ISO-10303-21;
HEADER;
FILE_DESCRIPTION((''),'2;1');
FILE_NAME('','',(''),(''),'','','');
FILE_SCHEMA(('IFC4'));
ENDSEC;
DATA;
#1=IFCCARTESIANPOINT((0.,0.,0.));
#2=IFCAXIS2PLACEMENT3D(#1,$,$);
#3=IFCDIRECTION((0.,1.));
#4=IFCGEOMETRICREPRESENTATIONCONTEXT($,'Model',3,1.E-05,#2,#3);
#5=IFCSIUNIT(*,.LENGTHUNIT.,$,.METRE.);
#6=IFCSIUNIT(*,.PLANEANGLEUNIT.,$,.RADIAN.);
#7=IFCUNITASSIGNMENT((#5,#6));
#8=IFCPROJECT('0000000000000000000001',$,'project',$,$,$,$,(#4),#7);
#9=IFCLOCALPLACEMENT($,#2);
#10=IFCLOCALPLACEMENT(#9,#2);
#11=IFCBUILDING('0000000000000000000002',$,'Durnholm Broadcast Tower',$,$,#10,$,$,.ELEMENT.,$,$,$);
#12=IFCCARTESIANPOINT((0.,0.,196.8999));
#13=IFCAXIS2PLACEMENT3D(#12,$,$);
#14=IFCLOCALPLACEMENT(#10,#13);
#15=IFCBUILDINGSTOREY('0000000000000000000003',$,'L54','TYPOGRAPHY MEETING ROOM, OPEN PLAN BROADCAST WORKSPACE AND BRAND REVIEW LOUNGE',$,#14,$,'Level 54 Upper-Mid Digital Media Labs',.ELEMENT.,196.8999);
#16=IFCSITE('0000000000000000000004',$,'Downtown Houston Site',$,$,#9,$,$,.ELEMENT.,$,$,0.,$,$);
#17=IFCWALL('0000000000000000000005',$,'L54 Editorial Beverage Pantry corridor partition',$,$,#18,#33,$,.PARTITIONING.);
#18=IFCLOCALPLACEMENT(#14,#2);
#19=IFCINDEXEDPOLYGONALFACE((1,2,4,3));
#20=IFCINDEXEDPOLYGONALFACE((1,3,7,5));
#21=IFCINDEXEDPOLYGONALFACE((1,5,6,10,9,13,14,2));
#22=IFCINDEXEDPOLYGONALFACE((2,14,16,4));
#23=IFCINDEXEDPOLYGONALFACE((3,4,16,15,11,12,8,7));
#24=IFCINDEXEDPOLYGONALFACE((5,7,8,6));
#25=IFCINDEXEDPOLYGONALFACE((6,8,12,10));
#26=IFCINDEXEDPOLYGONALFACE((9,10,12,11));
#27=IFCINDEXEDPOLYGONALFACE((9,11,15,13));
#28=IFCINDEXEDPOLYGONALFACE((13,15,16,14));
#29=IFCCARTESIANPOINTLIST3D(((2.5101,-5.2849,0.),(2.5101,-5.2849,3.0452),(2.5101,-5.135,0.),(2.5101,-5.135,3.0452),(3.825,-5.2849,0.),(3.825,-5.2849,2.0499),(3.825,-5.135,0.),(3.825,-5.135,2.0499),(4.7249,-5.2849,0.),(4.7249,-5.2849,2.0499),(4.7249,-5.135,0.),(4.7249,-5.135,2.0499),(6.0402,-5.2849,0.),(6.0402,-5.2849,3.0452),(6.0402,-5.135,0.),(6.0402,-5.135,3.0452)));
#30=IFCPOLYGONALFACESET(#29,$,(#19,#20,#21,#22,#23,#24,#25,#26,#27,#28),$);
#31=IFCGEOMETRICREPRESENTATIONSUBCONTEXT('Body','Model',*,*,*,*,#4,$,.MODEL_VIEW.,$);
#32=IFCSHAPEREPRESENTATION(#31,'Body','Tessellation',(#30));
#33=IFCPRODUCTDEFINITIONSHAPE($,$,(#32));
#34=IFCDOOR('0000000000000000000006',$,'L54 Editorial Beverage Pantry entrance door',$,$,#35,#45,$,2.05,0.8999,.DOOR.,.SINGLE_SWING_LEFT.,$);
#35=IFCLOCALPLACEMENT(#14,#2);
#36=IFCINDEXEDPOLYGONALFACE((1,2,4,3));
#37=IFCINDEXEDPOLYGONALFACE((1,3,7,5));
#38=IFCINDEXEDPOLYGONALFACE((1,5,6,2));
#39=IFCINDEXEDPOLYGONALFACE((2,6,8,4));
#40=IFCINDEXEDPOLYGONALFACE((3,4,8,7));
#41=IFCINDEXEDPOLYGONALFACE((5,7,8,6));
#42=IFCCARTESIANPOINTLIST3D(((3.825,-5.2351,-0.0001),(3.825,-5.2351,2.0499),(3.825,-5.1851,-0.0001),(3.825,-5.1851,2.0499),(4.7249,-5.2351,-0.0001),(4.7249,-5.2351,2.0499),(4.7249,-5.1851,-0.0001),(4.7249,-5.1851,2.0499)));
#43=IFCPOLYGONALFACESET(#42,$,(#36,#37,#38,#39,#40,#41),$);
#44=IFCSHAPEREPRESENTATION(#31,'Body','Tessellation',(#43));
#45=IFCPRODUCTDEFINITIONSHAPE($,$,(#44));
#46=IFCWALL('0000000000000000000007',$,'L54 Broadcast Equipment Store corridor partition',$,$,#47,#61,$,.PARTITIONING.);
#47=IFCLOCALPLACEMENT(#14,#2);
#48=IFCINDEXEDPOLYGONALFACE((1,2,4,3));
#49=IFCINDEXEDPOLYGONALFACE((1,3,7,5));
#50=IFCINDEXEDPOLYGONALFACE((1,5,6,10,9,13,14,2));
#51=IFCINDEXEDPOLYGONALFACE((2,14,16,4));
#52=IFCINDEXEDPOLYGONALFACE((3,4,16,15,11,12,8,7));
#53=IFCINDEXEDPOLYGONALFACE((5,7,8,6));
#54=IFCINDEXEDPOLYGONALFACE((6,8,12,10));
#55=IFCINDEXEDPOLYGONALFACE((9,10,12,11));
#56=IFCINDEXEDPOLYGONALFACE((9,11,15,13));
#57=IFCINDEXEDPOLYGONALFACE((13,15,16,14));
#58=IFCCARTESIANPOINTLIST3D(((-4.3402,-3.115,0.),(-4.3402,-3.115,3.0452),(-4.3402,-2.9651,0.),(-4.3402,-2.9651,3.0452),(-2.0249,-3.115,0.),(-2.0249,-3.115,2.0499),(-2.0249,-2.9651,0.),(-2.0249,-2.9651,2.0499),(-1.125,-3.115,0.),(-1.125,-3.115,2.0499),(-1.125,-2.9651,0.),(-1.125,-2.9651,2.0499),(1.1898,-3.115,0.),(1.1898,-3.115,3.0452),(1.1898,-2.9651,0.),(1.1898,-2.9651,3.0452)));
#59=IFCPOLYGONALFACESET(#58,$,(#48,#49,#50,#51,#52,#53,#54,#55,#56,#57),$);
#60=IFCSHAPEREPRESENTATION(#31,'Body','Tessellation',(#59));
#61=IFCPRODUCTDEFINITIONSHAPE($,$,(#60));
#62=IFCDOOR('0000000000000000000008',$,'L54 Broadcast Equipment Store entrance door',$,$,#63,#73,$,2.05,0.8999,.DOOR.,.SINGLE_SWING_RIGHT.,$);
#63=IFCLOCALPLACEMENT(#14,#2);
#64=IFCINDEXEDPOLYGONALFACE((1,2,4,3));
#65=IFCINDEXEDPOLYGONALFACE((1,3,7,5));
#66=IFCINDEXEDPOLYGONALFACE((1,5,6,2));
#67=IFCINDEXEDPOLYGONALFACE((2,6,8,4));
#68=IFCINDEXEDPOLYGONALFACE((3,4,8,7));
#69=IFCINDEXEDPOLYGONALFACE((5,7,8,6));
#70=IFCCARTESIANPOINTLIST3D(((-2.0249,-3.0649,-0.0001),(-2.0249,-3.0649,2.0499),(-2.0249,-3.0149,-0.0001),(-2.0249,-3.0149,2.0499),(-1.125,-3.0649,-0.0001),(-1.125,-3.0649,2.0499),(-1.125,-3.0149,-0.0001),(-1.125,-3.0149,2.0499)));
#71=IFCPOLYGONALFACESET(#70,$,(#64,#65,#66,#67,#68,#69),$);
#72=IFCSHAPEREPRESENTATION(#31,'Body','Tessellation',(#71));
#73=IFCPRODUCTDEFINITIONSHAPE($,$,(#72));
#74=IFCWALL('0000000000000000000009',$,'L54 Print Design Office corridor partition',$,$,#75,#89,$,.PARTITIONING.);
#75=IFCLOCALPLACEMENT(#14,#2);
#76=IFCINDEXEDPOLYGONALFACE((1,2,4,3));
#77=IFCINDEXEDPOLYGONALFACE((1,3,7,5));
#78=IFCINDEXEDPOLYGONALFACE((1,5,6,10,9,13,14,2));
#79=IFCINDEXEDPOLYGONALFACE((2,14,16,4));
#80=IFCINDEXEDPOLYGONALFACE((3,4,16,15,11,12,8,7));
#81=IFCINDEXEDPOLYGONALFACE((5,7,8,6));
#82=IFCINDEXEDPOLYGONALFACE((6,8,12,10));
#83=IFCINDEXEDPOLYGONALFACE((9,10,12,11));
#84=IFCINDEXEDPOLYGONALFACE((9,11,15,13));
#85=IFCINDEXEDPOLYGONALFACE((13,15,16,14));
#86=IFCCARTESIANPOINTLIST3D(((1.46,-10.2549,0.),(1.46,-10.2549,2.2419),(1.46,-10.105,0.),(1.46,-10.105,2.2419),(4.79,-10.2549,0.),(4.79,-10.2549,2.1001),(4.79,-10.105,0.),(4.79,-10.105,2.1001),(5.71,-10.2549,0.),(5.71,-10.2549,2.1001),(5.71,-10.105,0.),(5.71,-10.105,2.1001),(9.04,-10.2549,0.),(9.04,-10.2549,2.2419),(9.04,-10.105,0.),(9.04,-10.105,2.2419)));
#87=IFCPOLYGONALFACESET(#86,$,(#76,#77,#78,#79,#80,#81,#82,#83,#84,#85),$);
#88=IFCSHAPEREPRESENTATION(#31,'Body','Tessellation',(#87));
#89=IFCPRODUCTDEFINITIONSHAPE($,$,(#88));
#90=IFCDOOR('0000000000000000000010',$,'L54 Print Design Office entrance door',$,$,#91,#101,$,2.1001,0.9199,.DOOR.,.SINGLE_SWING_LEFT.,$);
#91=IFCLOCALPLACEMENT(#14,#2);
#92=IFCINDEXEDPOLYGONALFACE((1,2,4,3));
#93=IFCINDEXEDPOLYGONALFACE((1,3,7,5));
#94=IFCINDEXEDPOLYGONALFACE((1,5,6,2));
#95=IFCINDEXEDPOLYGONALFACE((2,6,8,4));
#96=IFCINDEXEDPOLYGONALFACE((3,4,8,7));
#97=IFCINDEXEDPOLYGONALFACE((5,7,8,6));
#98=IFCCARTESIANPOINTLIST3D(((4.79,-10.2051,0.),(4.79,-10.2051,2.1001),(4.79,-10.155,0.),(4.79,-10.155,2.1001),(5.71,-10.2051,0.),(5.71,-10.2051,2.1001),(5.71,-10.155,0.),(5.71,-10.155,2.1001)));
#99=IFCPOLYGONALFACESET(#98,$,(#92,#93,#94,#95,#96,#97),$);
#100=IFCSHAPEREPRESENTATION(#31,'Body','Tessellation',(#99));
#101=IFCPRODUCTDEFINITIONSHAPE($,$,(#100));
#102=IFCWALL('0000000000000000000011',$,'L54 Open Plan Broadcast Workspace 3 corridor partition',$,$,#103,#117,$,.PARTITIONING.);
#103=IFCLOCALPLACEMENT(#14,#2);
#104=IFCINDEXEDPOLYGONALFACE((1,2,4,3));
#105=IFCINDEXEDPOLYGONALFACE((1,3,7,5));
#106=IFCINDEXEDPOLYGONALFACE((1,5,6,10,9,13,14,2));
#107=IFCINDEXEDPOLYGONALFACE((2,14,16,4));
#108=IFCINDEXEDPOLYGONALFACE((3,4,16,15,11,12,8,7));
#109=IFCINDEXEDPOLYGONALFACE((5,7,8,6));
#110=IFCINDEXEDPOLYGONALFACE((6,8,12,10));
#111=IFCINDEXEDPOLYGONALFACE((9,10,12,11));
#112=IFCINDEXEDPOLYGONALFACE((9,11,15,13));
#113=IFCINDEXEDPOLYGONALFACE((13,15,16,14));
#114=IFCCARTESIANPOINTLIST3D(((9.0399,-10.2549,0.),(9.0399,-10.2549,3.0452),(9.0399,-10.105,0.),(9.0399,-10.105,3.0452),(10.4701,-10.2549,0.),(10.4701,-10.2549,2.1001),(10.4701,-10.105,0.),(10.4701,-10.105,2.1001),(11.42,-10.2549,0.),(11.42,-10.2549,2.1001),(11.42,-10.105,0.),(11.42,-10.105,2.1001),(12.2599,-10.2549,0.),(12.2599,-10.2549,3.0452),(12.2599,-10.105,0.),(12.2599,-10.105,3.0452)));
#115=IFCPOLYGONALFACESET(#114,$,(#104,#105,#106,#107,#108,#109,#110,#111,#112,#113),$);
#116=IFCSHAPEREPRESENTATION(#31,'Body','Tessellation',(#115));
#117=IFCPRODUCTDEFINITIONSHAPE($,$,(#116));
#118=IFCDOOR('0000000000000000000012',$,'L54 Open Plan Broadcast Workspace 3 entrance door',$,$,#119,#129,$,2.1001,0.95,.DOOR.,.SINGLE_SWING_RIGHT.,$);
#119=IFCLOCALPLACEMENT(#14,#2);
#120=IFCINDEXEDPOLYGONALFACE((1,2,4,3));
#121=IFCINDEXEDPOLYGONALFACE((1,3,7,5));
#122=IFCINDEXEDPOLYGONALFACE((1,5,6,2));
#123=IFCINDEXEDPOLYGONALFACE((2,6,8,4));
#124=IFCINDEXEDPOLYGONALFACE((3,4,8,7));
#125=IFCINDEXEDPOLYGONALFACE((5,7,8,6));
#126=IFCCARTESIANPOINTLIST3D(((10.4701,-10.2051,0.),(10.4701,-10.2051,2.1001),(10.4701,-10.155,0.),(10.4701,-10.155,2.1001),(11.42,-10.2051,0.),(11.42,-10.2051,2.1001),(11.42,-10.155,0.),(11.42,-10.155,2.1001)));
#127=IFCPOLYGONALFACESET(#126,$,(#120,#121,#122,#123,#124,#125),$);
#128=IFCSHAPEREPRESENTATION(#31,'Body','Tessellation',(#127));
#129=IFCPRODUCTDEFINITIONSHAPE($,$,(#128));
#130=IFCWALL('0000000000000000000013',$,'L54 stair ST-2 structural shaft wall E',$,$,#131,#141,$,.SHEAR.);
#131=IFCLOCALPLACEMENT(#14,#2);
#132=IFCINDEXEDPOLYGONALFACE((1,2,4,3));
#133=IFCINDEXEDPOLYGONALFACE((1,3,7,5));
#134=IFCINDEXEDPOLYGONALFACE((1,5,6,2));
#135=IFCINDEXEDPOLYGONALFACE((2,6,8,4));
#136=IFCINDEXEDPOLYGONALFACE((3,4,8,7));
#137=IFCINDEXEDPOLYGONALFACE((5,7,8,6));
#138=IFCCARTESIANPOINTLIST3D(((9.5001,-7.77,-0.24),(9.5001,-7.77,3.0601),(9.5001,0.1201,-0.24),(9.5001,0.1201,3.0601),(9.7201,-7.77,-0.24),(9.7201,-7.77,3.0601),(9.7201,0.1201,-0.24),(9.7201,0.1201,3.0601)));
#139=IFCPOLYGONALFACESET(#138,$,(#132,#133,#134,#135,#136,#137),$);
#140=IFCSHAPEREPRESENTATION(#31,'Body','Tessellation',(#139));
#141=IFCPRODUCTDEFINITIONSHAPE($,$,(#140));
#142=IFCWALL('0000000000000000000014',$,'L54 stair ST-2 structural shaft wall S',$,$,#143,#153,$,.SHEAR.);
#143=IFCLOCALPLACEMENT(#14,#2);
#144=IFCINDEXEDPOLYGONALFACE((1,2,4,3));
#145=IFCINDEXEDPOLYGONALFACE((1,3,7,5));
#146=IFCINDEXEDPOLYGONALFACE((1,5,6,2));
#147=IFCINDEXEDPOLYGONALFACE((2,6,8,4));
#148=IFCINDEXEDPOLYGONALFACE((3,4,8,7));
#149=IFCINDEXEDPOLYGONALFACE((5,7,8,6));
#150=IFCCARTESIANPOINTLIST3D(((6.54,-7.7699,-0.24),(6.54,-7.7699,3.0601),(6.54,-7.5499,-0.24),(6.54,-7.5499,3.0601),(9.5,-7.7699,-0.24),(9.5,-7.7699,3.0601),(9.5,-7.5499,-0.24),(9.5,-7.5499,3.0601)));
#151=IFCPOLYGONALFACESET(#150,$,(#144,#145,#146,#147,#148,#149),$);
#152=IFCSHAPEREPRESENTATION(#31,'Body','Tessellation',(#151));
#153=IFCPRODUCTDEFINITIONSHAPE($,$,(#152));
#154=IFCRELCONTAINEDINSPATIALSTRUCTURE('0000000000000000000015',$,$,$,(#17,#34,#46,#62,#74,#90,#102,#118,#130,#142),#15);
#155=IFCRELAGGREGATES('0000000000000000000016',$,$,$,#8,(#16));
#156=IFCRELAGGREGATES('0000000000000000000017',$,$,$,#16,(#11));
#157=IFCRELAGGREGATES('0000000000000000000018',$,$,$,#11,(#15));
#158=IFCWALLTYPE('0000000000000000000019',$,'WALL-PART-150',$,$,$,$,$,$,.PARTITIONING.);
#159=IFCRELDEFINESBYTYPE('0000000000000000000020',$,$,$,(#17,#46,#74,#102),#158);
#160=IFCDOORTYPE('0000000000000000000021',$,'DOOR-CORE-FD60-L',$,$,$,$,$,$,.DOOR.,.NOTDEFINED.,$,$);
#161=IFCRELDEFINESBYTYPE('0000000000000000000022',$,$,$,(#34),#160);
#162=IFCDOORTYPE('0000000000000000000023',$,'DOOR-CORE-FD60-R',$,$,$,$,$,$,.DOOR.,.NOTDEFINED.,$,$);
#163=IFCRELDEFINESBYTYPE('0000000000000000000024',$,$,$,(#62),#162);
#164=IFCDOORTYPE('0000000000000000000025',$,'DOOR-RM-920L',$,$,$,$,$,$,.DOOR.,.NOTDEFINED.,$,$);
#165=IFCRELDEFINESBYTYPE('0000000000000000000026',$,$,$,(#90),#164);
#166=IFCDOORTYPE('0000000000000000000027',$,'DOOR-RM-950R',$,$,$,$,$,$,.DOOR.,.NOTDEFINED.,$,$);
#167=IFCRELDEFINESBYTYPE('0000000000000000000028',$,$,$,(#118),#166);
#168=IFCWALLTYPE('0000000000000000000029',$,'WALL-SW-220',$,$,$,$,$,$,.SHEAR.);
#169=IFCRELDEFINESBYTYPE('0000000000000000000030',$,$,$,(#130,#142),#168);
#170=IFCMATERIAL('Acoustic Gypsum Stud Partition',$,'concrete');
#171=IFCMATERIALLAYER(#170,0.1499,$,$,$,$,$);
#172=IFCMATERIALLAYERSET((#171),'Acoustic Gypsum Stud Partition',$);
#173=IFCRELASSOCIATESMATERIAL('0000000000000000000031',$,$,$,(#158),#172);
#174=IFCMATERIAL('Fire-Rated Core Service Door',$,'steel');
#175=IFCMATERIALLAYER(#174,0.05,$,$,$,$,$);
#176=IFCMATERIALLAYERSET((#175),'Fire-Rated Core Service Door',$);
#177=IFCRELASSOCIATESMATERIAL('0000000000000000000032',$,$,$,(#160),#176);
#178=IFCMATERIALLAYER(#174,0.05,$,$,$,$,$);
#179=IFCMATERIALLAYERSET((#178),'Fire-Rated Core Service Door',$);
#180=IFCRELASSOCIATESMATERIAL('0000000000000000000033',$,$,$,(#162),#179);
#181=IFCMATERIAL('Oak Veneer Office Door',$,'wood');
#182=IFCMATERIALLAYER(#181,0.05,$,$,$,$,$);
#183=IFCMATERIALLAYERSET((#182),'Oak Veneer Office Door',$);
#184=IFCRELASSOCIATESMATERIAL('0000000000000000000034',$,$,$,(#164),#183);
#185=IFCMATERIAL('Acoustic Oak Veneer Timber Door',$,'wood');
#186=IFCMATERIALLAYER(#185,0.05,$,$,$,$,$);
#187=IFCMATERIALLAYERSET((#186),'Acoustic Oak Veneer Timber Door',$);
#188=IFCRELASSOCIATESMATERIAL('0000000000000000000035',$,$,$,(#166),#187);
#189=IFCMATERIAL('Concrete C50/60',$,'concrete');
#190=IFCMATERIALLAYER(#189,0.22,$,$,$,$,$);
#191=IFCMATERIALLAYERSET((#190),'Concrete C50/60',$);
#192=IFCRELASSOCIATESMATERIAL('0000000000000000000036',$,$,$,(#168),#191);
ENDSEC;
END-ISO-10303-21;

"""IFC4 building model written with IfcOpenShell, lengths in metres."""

from ifc_helpers import new_model, si_unit, direction, frame, frame_2d, origin, place, context, subcontext, project, spatial, rectangle, extrude, source, transform, mapped, material, layer, layer_set, type_object, type_shapes, element, fill, save


model = new_model("IFC4")

# Units and contexts
model_context = context("Model", 3, precision=1e-05, world=origin(), true_north=direction((0.0, 1.0)))
body_context = subcontext(model_context, "Body", "Model", "MODEL_VIEW")
ifc_project = project(units=[si_unit("LENGTHUNIT", "METRE"), si_unit("PLANEANGLEUNIT", "RADIAN")], contexts=[model_context])

# Site, building, storey
site_placement = place(None, origin())
site = spatial("IfcSite", under=ifc_project, at=site_placement, Name="Downtown Houston Site", CompositionType="ELEMENT", RefElevation=0.0)
building_placement = place(site_placement, origin())
building = spatial("IfcBuilding", under=site, at=building_placement, Name="Durnholm Broadcast Tower", CompositionType="ELEMENT")
storey_placement = place(building_placement, frame((0.0, 0.0, 196.8999)))
storey = spatial("IfcBuildingStorey", under=building, at=storey_placement, Name="L54", Description="TYPOGRAPHY MEETING ROOM, OPEN PLAN BROADCAST WORKSPACE AND BRAND REVIEW LOUNGE", LongName="Level 54 Upper-Mid Digital Media Labs", CompositionType="ELEMENT", Elevation=196.8999)

# Walls, openings, doors
ifc_material_1 = material(Name="Acoustic Gypsum Stud Partition", Category="concrete")
ifc_layer_1 = layer(ifc_material_1, 0.1499)
ifc_layer_set_1 = layer_set([ifc_layer_1], Name="Acoustic Gypsum Stud Partition")
wall_type_1 = type_object("IfcWallType", Name="WALL-PART-150", PredefinedType="PARTITIONING", material=ifc_layer_set_1)
wall_1_placement = place(storey_placement, frame((2.51, -5.21, 0.0), z_axis=(0.0, 0.0, 1.0), x_axis=(1.0, 0.0, 0.0)))
wall_1 = element("IfcWall", 1, at=wall_1_placement, inside=storey, type_object=wall_type_1, Name="L54 Editorial Beverage Pantry corridor partition", PredefinedType="PARTITIONING", context=body_context, shape_type="SweptSolid", body=[
    extrude(rectangle(XDim=3.53, YDim=0.1499, at=frame_2d((1.7651, 0.0))), origin(), (0.0, 0.0, 1.0), 3.0452),
])
opening_1_placement = place(wall_1_placement, frame((1.3149, 0.0, 0.0)))
opening_1 = element("IfcOpeningElement", 2, at=opening_1_placement, cuts=wall_1, PredefinedType="OPENING", context=body_context, shape_type="SweptSolid", body=[
    extrude(rectangle(XDim=0.8999, YDim=2.05, at=frame_2d((0.45, 1.0249))), frame((0.0, 0.085, 0.0), z_axis=(0.0, -1.0, 0.0), x_axis=(1.0, 0.0, 0.0)), (0.0, 0.0, 1.0), 0.1699),
])
ifc_material_2 = material(Name="Fire-Rated Core Service Door", Category="steel")
ifc_layer_2 = layer(ifc_material_2, 0.05)
ifc_layer_set_2 = layer_set([ifc_layer_2], Name="Fire-Rated Core Service Door")
door_type_1 = type_object("IfcDoorType", Name="DOOR-CORE-FD60-L", OperationType="NOTDEFINED", PredefinedType="DOOR", material=ifc_layer_set_2)
shared_shape_1 = source(origin(), body_context, "Body", "SweptSolid", [
    extrude(rectangle(XDim=0.8999, YDim=2.05, at=frame_2d((0.45, 1.0249))), frame((0.0, 0.0249, 0.0), z_axis=(0.0, -1.0, 0.0), x_axis=(1.0, 0.0, 0.0)), (0.0, 0.0, 1.0), 0.05),
])
type_shapes(door_type_1, [shared_shape_1])
door_1_placement = place(opening_1_placement, origin())
door_1 = element("IfcDoor", 3, at=door_1_placement, inside=storey, type_object=door_type_1, Name="L54 Editorial Beverage Pantry entrance door", OperationType="SINGLE_SWING_LEFT", OverallHeight=2.05, OverallWidth=0.8999, PredefinedType="DOOR", context=body_context, shape_type="MappedRepresentation", body=[
    mapped(shared_shape_1, transform((0.0, 0.0, 0.0), x_axis=(1.0, 0.0, 0.0), y_axis=(0.0, 1.0, 0.0), z_axis=(0.0, 0.0, 1.0), scale=1.0)),
])
fill(opening_1, door_1)
wall_2_placement = place(storey_placement, frame((1.1899, -3.04, 0.0), z_axis=(0.0, 0.0, 1.0), x_axis=(-1.0, 0.0, 0.0)))
wall_2 = element("IfcWall", 4, at=wall_2_placement, inside=storey, type_object=wall_type_1, Name="L54 Broadcast Equipment Store corridor partition", PredefinedType="PARTITIONING", context=body_context, shape_type="SweptSolid", body=[
    extrude(rectangle(XDim=5.53, YDim=0.1499, at=frame_2d((2.7651, 0.0))), origin(), (0.0, 0.0, 1.0), 3.0452),
])
opening_2_placement = place(wall_2_placement, frame((2.3149, 0.0, 0.0)))
opening_2 = element("IfcOpeningElement", 5, at=opening_2_placement, cuts=wall_2, PredefinedType="OPENING", context=body_context, shape_type="SweptSolid", body=[
    extrude(rectangle(XDim=0.8999, YDim=2.05, at=frame_2d((0.45, 1.0249))), frame((0.0, 0.085, 0.0), z_axis=(0.0, -1.0, 0.0), x_axis=(1.0, 0.0, 0.0)), (0.0, 0.0, 1.0), 0.1699),
])
ifc_layer_3 = layer(ifc_material_2, 0.05)
ifc_layer_set_3 = layer_set([ifc_layer_3], Name="Fire-Rated Core Service Door")
door_type_2 = type_object("IfcDoorType", Name="DOOR-CORE-FD60-R", OperationType="NOTDEFINED", PredefinedType="DOOR", material=ifc_layer_set_3)
shared_shape_2 = source(origin(), body_context, "Body", "SweptSolid", [
    extrude(rectangle(XDim=0.8999, YDim=2.05, at=frame_2d((0.45, 1.0249))), frame((0.0, 0.0249, 0.0), z_axis=(0.0, -1.0, 0.0), x_axis=(1.0, 0.0, 0.0)), (0.0, 0.0, 1.0), 0.05),
])
type_shapes(door_type_2, [shared_shape_2])
door_2_placement = place(opening_2_placement, origin())
door_2 = element("IfcDoor", 6, at=door_2_placement, inside=storey, type_object=door_type_2, Name="L54 Broadcast Equipment Store entrance door", OperationType="SINGLE_SWING_RIGHT", OverallHeight=2.05, OverallWidth=0.8999, PredefinedType="DOOR", context=body_context, shape_type="MappedRepresentation", body=[
    mapped(shared_shape_2, transform((0.0, 0.0, 0.0), x_axis=(1.0, 0.0, 0.0), y_axis=(0.0, 1.0, 0.0), z_axis=(0.0, 0.0, 1.0), scale=1.0)),
])
fill(opening_2, door_2)
wall_3_placement = place(storey_placement, frame((1.46, -10.1799, 0.0), z_axis=(0.0, 0.0, 1.0), x_axis=(1.0, 0.0, 0.0)))
wall_3 = element("IfcWall", 7, at=wall_3_placement, inside=storey, type_object=wall_type_1, Name="L54 Print Design Office corridor partition", PredefinedType="PARTITIONING", context=body_context, shape_type="SweptSolid", body=[
    extrude(rectangle(XDim=7.5801, YDim=0.1499, at=frame_2d((3.79, 0.0))), origin(), (0.0, 0.0, 1.0), 2.2419),
])
opening_3_placement = place(wall_3_placement, frame((3.3301, 0.0, 0.0)))
opening_3 = element("IfcOpeningElement", 8, at=opening_3_placement, cuts=wall_3, PredefinedType="OPENING", context=body_context, shape_type="SweptSolid", body=[
    extrude(rectangle(XDim=0.9199, YDim=2.1001, at=frame_2d((0.46, 1.05))), frame((0.0, 0.085, 0.0), z_axis=(0.0, -1.0, 0.0), x_axis=(1.0, 0.0, 0.0)), (0.0, 0.0, 1.0), 0.1699),
])
ifc_material_3 = material(Name="Oak Veneer Office Door", Category="wood")
ifc_layer_4 = layer(ifc_material_3, 0.05)
ifc_layer_set_4 = layer_set([ifc_layer_4], Name="Oak Veneer Office Door")
door_type_3 = type_object("IfcDoorType", Name="DOOR-RM-920L", OperationType="NOTDEFINED", PredefinedType="DOOR", material=ifc_layer_set_4)
shared_shape_3 = source(origin(), body_context, "Body", "SweptSolid", [
    extrude(rectangle(XDim=0.9199, YDim=2.1001, at=frame_2d((0.46, 1.05))), frame((0.0, 0.0249, 0.0), z_axis=(0.0, -1.0, 0.0), x_axis=(1.0, 0.0, 0.0)), (0.0, 0.0, 1.0), 0.05),
])
type_shapes(door_type_3, [shared_shape_3])
door_3_placement = place(opening_3_placement, origin())
door_3 = element("IfcDoor", 9, at=door_3_placement, inside=storey, type_object=door_type_3, Name="L54 Print Design Office entrance door", OperationType="SINGLE_SWING_LEFT", OverallHeight=2.1001, OverallWidth=0.9199, PredefinedType="DOOR", context=body_context, shape_type="MappedRepresentation", body=[
    mapped(shared_shape_3, transform((0.0, 0.0, 0.0), x_axis=(1.0, 0.0, 0.0), y_axis=(0.0, 1.0, 0.0), z_axis=(0.0, 0.0, 1.0), scale=1.0)),
])
fill(opening_3, door_3)
wall_4_placement = place(storey_placement, frame((9.04, -10.1799, 0.0), z_axis=(0.0, 0.0, 1.0), x_axis=(1.0, 0.0, 0.0)))
wall_4 = element("IfcWall", 10, at=wall_4_placement, inside=storey, type_object=wall_type_1, Name="L54 Open Plan Broadcast Workspace 3 corridor partition", PredefinedType="PARTITIONING", context=body_context, shape_type="SweptSolid", body=[
    extrude(rectangle(XDim=3.22, YDim=0.1499, at=frame_2d((1.6099, 0.0))), origin(), (0.0, 0.0, 1.0), 3.0452),
])
opening_4_placement = place(wall_4_placement, frame((1.4299, 0.0, 0.0)))
opening_4 = element("IfcOpeningElement", 11, at=opening_4_placement, cuts=wall_4, PredefinedType="OPENING", context=body_context, shape_type="SweptSolid", body=[
    extrude(rectangle(XDim=0.95, YDim=2.1001, at=frame_2d((0.4751, 1.05))), frame((0.0, 0.085, 0.0), z_axis=(0.0, -1.0, 0.0), x_axis=(1.0, 0.0, 0.0)), (0.0, 0.0, 1.0), 0.1699),
])
ifc_material_4 = material(Name="Acoustic Oak Veneer Timber Door", Category="wood")
ifc_layer_5 = layer(ifc_material_4, 0.05)
ifc_layer_set_5 = layer_set([ifc_layer_5], Name="Acoustic Oak Veneer Timber Door")
door_type_4 = type_object("IfcDoorType", Name="DOOR-RM-950R", OperationType="NOTDEFINED", PredefinedType="DOOR", material=ifc_layer_set_5)
shared_shape_4 = source(origin(), body_context, "Body", "SweptSolid", [
    extrude(rectangle(XDim=0.95, YDim=2.1001, at=frame_2d((0.4751, 1.05))), frame((0.0, 0.0249, 0.0), z_axis=(0.0, -1.0, 0.0), x_axis=(1.0, 0.0, 0.0)), (0.0, 0.0, 1.0), 0.05),
])
type_shapes(door_type_4, [shared_shape_4])
door_4_placement = place(opening_4_placement, origin())
door_4 = element("IfcDoor", 12, at=door_4_placement, inside=storey, type_object=door_type_4, Name="L54 Open Plan Broadcast Workspace 3 entrance door", OperationType="SINGLE_SWING_RIGHT", OverallHeight=2.1001, OverallWidth=0.95, PredefinedType="DOOR", context=body_context, shape_type="MappedRepresentation", body=[
    mapped(shared_shape_4, transform((0.0, 0.0, 0.0), x_axis=(1.0, 0.0, 0.0), y_axis=(0.0, 1.0, 0.0), z_axis=(0.0, 0.0, 1.0), scale=1.0)),
])
fill(opening_4, door_4)

# Walls
ifc_material_5 = material(Name="Concrete C50/60", Category="concrete")
ifc_layer_6 = layer(ifc_material_5, 0.22)
ifc_layer_set_6 = layer_set([ifc_layer_6], Name="Concrete C50/60")
wall_type_2 = type_object("IfcWallType", Name="WALL-SW-220", PredefinedType="SHEAR", material=ifc_layer_set_6)
wall_5_placement = place(storey_placement, frame((9.6101, -7.77, -0.24), z_axis=(0.0, 0.0, 1.0), x_axis=(0.0, 1.0, 0.0)))
element("IfcWall", 13, at=wall_5_placement, inside=storey, type_object=wall_type_2, Name="L54 stair ST-2 structural shaft wall E", PredefinedType="SHEAR", context=body_context, shape_type="SweptSolid", body=[
    extrude(rectangle(XDim=7.8901, YDim=0.22, at=frame_2d((3.9451, 0.0))), origin(), (0.0, 0.0, 1.0), 3.3),
])
wall_6_placement = place(storey_placement, frame((6.54, -7.6599, -0.24), z_axis=(0.0, 0.0, 1.0), x_axis=(1.0, 0.0, 0.0)))
element("IfcWall", 14, at=wall_6_placement, inside=storey, type_object=wall_type_2, Name="L54 stair ST-2 structural shaft wall S", PredefinedType="SHEAR", context=body_context, shape_type="SweptSolid", body=[
    extrude(rectangle(XDim=2.96, YDim=0.22, at=frame_2d((1.48, 0.0))), origin(), (0.0, 0.0, 1.0), 3.3),
])

save(model, "model.ifc")
